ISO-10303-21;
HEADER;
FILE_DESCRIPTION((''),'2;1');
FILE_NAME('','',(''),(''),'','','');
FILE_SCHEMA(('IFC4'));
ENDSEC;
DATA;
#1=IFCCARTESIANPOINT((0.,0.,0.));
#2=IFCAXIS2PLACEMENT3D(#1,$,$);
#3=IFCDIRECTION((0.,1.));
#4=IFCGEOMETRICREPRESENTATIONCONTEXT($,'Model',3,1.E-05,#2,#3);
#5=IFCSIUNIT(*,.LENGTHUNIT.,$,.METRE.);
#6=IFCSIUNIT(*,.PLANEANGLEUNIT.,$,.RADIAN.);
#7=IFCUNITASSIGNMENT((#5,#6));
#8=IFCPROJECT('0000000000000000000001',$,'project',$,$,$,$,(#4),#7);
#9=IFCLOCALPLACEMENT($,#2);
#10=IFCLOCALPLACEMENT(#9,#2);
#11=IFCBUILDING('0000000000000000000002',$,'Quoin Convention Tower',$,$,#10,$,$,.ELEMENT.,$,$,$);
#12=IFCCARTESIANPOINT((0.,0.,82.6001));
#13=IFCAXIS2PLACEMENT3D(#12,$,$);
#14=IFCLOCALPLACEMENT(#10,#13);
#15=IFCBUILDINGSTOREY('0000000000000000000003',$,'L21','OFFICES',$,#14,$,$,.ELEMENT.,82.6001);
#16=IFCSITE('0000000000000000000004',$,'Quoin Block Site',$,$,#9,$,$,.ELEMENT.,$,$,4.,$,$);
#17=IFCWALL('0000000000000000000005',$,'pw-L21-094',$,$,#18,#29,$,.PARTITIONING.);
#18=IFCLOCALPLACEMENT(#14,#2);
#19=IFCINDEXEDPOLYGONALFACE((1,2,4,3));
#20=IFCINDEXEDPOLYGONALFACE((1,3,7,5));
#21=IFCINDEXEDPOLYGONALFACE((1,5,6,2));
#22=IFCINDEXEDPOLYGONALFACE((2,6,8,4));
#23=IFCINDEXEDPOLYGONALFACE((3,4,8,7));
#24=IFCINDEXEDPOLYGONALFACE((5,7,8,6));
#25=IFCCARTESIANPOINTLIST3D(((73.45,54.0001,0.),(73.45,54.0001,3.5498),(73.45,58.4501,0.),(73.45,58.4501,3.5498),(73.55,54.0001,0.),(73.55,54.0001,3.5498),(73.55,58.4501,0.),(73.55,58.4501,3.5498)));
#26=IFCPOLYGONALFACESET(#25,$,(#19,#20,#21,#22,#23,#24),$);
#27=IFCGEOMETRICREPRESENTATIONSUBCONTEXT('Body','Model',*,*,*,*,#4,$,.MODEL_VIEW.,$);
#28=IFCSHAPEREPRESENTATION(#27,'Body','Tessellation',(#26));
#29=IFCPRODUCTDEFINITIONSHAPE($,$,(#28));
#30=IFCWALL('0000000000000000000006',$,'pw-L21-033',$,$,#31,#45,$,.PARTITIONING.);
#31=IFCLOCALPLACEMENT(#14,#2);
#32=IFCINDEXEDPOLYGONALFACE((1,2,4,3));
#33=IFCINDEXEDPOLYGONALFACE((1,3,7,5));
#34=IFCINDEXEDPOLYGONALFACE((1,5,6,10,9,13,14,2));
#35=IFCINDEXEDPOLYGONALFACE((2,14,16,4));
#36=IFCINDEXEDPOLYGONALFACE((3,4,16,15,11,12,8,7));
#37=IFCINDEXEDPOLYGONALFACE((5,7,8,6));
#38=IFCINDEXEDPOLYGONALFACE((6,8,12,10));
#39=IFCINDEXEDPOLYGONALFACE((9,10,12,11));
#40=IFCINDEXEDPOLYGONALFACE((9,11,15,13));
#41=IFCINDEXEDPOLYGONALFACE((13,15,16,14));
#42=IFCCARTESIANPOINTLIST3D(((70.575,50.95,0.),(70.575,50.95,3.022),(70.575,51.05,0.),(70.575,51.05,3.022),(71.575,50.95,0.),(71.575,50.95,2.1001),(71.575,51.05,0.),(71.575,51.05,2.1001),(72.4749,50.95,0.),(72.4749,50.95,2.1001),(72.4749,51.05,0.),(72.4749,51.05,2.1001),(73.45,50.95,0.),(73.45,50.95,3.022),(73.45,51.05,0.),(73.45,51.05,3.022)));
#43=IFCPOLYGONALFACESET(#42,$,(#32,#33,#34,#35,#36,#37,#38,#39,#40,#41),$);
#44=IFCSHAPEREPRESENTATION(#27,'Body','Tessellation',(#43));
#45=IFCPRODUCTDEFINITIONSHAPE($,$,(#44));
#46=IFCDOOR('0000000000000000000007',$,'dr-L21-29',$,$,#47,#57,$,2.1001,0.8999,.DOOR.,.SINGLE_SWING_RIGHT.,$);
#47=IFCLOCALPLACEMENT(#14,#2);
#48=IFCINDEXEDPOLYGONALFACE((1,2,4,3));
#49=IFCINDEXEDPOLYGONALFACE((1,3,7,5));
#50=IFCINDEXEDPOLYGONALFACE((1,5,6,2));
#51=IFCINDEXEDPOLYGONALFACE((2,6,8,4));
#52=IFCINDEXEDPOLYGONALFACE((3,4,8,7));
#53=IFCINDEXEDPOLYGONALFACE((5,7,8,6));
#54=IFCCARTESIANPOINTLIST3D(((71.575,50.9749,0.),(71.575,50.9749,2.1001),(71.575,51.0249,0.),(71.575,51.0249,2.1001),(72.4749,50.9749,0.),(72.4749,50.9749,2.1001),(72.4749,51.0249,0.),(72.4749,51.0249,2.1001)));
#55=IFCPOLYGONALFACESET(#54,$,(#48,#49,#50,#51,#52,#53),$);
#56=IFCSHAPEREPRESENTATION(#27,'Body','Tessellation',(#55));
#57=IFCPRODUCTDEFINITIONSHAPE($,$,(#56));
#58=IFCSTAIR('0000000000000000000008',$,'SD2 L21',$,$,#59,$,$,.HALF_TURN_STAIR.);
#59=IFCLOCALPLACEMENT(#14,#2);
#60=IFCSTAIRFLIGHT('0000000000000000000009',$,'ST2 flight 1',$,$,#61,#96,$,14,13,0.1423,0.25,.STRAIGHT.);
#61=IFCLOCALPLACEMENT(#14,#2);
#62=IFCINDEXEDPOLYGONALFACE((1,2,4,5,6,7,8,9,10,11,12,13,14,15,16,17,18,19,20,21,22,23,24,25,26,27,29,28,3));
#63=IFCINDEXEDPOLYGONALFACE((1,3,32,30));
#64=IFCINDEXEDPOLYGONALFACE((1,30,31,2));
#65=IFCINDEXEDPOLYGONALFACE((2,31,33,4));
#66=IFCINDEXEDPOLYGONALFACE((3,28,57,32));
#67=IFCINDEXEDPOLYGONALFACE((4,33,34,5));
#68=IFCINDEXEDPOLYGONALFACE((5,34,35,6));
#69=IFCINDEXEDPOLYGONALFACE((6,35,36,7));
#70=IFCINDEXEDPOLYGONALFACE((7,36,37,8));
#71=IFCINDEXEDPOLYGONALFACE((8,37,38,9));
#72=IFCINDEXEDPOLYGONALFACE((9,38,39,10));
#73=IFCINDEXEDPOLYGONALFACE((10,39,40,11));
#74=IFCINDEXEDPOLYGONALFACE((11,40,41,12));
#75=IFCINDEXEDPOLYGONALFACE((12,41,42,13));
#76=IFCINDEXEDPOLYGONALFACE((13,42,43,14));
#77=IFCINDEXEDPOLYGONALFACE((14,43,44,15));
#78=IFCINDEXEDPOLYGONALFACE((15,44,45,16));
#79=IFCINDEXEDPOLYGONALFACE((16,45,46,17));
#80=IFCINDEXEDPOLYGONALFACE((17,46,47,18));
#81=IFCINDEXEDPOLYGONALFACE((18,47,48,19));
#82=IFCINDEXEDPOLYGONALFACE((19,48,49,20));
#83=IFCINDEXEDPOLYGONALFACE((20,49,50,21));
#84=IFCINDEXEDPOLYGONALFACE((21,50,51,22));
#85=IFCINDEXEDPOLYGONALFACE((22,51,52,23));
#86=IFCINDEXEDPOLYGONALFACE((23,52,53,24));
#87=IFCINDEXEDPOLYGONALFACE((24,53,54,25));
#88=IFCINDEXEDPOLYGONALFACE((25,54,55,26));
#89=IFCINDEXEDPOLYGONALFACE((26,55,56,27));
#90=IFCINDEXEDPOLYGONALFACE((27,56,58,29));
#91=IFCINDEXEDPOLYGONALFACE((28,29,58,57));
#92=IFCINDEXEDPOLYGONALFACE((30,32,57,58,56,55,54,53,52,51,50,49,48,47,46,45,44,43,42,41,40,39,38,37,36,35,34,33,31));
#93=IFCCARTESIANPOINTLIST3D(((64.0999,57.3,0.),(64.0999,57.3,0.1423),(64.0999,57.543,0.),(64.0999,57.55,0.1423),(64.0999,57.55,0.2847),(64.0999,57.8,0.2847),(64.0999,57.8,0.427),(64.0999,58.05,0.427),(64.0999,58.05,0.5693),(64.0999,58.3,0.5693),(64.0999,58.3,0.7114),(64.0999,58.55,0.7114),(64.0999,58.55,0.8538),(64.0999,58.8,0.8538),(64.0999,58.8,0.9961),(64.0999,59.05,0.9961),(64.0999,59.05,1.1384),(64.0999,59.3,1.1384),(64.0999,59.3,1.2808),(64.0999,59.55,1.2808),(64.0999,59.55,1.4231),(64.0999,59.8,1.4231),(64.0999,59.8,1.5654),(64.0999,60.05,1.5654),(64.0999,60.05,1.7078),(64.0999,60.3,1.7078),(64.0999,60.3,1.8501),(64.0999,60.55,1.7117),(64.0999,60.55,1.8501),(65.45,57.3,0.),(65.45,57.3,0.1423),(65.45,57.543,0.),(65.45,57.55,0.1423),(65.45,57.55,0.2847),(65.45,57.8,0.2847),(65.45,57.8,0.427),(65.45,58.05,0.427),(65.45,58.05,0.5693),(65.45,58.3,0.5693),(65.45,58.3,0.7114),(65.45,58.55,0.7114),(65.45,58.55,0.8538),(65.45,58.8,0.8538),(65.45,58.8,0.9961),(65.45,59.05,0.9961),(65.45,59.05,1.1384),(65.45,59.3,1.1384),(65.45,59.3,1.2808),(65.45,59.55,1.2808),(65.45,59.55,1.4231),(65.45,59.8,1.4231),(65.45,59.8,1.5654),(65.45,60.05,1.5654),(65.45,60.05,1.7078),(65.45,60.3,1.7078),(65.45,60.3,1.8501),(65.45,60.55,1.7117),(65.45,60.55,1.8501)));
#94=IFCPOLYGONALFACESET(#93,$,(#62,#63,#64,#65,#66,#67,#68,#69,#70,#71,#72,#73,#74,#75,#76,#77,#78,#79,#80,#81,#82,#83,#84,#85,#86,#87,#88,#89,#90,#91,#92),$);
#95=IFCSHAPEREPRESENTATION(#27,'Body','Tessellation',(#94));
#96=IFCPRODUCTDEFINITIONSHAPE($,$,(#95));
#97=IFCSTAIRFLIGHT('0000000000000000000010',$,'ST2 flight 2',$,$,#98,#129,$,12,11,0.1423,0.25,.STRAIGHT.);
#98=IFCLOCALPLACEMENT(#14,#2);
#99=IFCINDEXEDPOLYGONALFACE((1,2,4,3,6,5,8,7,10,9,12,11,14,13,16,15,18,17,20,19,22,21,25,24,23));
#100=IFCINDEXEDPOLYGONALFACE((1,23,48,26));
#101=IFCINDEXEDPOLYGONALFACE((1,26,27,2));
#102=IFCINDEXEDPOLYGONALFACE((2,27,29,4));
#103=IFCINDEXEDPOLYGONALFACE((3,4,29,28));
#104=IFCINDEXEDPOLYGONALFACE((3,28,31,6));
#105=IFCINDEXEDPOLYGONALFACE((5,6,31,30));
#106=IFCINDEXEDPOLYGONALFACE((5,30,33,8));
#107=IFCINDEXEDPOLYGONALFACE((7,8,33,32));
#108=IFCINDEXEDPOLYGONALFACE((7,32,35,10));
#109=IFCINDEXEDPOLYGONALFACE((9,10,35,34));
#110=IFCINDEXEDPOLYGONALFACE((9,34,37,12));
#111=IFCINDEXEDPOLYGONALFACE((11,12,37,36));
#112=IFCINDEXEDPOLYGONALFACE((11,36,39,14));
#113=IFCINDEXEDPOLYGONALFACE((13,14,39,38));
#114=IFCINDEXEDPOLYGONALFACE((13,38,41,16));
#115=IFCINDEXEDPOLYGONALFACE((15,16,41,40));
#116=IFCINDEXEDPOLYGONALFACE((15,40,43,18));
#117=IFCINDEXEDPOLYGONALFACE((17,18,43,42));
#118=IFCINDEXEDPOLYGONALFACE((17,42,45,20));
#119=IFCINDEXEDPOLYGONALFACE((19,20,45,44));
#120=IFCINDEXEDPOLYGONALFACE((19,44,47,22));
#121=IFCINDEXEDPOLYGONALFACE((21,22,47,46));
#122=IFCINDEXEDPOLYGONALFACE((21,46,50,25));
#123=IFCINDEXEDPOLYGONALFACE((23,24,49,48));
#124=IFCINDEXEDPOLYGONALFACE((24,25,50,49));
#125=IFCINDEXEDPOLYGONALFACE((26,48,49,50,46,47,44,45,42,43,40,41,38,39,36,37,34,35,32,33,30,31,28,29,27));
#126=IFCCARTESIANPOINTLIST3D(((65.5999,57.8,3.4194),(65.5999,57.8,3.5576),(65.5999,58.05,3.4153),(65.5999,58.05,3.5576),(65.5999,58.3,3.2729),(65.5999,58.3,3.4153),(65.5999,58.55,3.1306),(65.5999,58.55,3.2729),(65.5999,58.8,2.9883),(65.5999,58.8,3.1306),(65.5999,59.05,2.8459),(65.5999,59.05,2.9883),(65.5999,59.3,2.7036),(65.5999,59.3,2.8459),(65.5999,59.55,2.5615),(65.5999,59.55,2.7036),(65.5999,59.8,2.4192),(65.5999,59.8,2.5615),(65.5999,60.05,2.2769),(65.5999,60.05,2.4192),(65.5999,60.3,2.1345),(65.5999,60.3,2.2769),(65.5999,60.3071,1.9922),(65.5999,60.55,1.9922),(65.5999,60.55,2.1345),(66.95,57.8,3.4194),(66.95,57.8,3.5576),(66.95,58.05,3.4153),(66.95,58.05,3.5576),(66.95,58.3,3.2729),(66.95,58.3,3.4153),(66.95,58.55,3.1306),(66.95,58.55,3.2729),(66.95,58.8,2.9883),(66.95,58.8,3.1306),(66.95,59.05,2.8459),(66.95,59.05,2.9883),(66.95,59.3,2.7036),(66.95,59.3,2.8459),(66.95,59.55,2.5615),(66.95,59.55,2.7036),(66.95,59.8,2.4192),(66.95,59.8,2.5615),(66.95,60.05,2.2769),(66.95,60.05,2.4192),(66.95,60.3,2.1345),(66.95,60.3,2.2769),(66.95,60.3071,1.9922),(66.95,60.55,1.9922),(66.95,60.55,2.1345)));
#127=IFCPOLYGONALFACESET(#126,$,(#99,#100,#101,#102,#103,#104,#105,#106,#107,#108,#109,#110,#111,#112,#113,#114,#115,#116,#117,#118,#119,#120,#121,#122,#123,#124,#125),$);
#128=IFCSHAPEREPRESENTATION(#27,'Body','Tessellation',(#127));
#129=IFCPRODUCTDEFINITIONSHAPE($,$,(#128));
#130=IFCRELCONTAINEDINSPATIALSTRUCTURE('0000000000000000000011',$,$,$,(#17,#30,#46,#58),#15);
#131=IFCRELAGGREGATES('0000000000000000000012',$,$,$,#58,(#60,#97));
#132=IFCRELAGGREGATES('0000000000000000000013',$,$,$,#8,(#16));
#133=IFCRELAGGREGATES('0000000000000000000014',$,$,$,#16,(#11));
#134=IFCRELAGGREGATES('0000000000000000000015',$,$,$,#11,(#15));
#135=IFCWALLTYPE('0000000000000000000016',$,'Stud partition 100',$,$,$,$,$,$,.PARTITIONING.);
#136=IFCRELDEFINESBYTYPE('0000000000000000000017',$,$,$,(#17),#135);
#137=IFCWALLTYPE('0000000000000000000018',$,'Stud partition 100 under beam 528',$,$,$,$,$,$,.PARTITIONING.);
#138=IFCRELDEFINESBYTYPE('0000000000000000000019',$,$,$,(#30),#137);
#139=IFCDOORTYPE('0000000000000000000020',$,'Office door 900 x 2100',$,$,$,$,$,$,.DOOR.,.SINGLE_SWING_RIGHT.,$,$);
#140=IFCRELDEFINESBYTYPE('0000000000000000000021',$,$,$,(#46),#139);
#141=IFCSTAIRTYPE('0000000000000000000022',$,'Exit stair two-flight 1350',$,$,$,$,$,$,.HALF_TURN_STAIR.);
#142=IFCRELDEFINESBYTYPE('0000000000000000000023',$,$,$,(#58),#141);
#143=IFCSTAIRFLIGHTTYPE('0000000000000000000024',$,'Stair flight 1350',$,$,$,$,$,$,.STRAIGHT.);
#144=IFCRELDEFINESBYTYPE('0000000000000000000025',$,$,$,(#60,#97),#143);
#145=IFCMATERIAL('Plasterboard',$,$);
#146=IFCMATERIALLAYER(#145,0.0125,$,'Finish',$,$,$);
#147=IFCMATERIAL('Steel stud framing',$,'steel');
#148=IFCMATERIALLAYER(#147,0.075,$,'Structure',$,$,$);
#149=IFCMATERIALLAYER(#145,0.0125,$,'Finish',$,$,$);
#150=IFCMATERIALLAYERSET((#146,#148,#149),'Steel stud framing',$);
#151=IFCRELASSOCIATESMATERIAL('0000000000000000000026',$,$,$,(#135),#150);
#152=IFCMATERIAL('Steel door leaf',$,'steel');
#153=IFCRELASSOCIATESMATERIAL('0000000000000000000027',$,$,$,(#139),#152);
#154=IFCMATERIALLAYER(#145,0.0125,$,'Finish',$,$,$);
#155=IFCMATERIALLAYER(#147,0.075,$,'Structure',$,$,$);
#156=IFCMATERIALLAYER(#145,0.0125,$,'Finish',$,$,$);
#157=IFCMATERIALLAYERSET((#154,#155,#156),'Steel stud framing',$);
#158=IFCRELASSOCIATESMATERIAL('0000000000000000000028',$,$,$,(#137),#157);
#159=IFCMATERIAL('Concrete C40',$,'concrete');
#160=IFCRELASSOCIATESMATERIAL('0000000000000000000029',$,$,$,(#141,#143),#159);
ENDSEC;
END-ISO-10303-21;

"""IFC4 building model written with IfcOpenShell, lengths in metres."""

from ifc_helpers import new_model, si_unit, direction, frame, frame_2d, origin, place, context, subcontext, project, spatial, polyline, rectangle, outline, extrude, material, layer, layer_set, type_object, element, fill, aggregate, save


model = new_model("IFC4")

# Units and contexts
model_context = context("Model", 3, precision=1e-05, world=origin(), true_north=direction((0.0, 1.0)))
body_context = subcontext(model_context, "Body", "Model", "MODEL_VIEW")
ifc_project = project(units=[si_unit("LENGTHUNIT", "METRE"), si_unit("PLANEANGLEUNIT", "RADIAN")], contexts=[model_context])

# Site, building, storey
site_placement = place(None, origin())
site = spatial("IfcSite", under=ifc_project, at=site_placement, Name="Quoin Block Site", CompositionType="ELEMENT", RefElevation=4.0)
building_placement = place(site_placement, origin())
building = spatial("IfcBuilding", under=site, at=building_placement, Name="Quoin Convention Tower", CompositionType="ELEMENT")
storey_placement = place(building_placement, frame((0.0, 0.0, 82.6001)))
storey = spatial("IfcBuildingStorey", under=building, at=storey_placement, Name="L21", Description="OFFICES", CompositionType="ELEMENT", Elevation=82.6001)

# Shared definitions
ifc_material_1 = material(Name="Plasterboard")
ifc_material_2 = material(Name="Steel stud framing", Category="steel")

# Shared definitions
ifc_material_3 = material(Name="Steel door leaf", Category="steel")

# Shared definitions
ifc_layer_1 = layer(ifc_material_1, 0.0125, Name="Finish")
ifc_layer_2 = layer(ifc_material_2, 0.075, Name="Structure")
ifc_layer_3 = layer(ifc_material_1, 0.0125, Name="Finish")
ifc_layer_set_1 = layer_set([ifc_layer_1, ifc_layer_2, ifc_layer_3], Name="Steel stud framing")
wall_type_1 = type_object("IfcWallType", Name="Stud partition 100", PredefinedType="PARTITIONING", material=ifc_layer_set_1)

# Shared definitions
door_type_1 = type_object("IfcDoorType", Name="Office door 900 x 2100", OperationType="SINGLE_SWING_RIGHT", PredefinedType="DOOR", material=ifc_material_3)

# Wall
wall_1_placement = place(storey_placement, frame((73.5, 54.0, 0.0), z_axis=(0.0, 0.0, 1.0), x_axis=(0.0, 1.0, 0.0)))
element("IfcWall", 1, at=wall_1_placement, inside=storey, type_object=wall_type_1, Name="pw-L21-094", PredefinedType="PARTITIONING", context=body_context, shape_type="SweptSolid", body=[
    extrude(rectangle(XDim=4.45, YDim=0.1001, at=frame_2d((2.2251, 0.0))), origin(), (0.0, 0.0, 1.0), 3.5498),
])

# Wall, opening, door
ifc_layer_4 = layer(ifc_material_1, 0.0125, Name="Finish")
ifc_layer_5 = layer(ifc_material_2, 0.075, Name="Structure")
ifc_layer_6 = layer(ifc_material_1, 0.0125, Name="Finish")
ifc_layer_set_2 = layer_set([ifc_layer_4, ifc_layer_5, ifc_layer_6], Name="Steel stud framing")
wall_type_2 = type_object("IfcWallType", Name="Stud partition 100 under beam 528", PredefinedType="PARTITIONING", material=ifc_layer_set_2)
wall_2_placement = place(storey_placement, frame((70.575, 51.0, 0.0), z_axis=(0.0, 0.0, 1.0), x_axis=(1.0, 0.0, 0.0)))
wall_2 = element("IfcWall", 2, at=wall_2_placement, inside=storey, type_object=wall_type_2, Name="pw-L21-033", PredefinedType="PARTITIONING", context=body_context, shape_type="SweptSolid", body=[
    extrude(rectangle(XDim=2.875, YDim=0.1001, at=frame_2d((1.4375, 0.0))), origin(), (0.0, 0.0, 1.0), 3.022),
])
opening_1_placement = place(wall_2_placement, frame((1.0, 0.0, 0.0)))
opening_1 = element("IfcOpeningElement", 3, at=opening_1_placement, cuts=wall_2, PredefinedType="OPENING", context=body_context, shape_type="SweptSolid", body=[
    extrude(rectangle(XDim=0.8999, YDim=2.1001, at=frame_2d((0.45, 1.05))), frame((0.0, 0.0601, 0.0), z_axis=(0.0, -1.0, 0.0), x_axis=(1.0, 0.0, 0.0)), (0.0, 0.0, 1.0), 0.1201),
])
door_1_placement = place(opening_1_placement, origin())
door_1 = element("IfcDoor", 4, at=door_1_placement, inside=storey, type_object=door_type_1, Name="dr-L21-29", OperationType="SINGLE_SWING_RIGHT", OverallHeight=2.1001, OverallWidth=0.8999, PredefinedType="DOOR", context=body_context, shape_type="SweptSolid", body=[
    extrude(rectangle(XDim=0.8999, YDim=2.1001, at=frame_2d((0.45, 1.05))), frame((0.0, 0.0249, 0.0), z_axis=(0.0, -1.0, 0.0), x_axis=(1.0, 0.0, 0.0)), (0.0, 0.0, 1.0), 0.05),
])
fill(opening_1, door_1)

# Stair, stair flights
ifc_material_4 = material(Name="Concrete C40", Category="concrete")
stair_type = type_object("IfcStairType", Name="Exit stair two-flight 1350", PredefinedType="HALF_TURN_STAIR", material=ifc_material_4)
stair_placement = place(storey_placement, origin())
stair = element("IfcStair", 5, at=stair_placement, inside=storey, type_object=stair_type, Name="SD2 L21", PredefinedType="HALF_TURN_STAIR")
stair_flight_type = type_object("IfcStairFlightType", Name="Stair flight 1350", PredefinedType="STRAIGHT", material=ifc_material_4)
stair_flight_1_placement = place(storey_placement, frame((64.7749, 57.3, 0.0), z_axis=(0.0, 0.0, 1.0), x_axis=(0.0, 1.0, 0.0)))
stair_flight_1 = element("IfcStairFlight", 6, at=stair_flight_1_placement, type_object=stair_flight_type, Name="ST2 flight 1", NumberOfRisers=14, NumberOfTreads=13, PredefinedType="STRAIGHT", RiserHeight=0.1423, TreadLength=0.25, context=body_context, shape_type="SweptSolid", body=[
    extrude(outline(polyline([(0.0, 0.0), (0.0, 0.1423), (0.25, 0.1423), (0.25, 0.2847), (0.5, 0.2847), (0.5, 0.427), (0.75, 0.427), (0.75, 0.5693), (1.0, 0.5693), (1.0, 0.7114), (1.25, 0.7114), (1.25, 0.8538), (1.5, 0.8538), (1.5, 0.9961), (1.75, 0.9961), (1.75, 1.1384), (2.0, 1.1384), (2.0, 1.2808), (2.25, 1.2808), (2.25, 1.4231), (2.5, 1.4231), (2.5, 1.5654), (2.75, 1.5654), (2.75, 1.7078), (3.0, 1.7078), (3.0, 1.8501), (3.25, 1.8501), (3.25, 1.9922), (3.25, 1.7117), (0.2429, 0.0), (0.0, 0.0)])), frame((0.0, 0.675, 0.0), z_axis=(0.0, -1.0, 0.0), x_axis=(1.0, 0.0, 0.0)), (0.0, 0.0, 1.0), 1.3501),
])
stair_flight_2_placement = place(storey_placement, frame((66.2749, 60.55, 1.9922), z_axis=(0.0, 0.0, 1.0), x_axis=(0.0, -1.0, 0.0)))
stair_flight_2 = element("IfcStairFlight", 7, at=stair_flight_2_placement, type_object=stair_flight_type, Name="ST2 flight 2", NumberOfRisers=12, NumberOfTreads=11, PredefinedType="STRAIGHT", RiserHeight=0.1423, TreadLength=0.25, context=body_context, shape_type="SweptSolid", body=[
    extrude(outline(polyline([(0.0, 0.0), (0.0, 0.1423), (0.25, 0.1423), (0.25, 0.2847), (0.5, 0.2847), (0.5, 0.427), (0.75, 0.427), (0.75, 0.5693), (1.0, 0.5693), (1.0, 0.7114), (1.25, 0.7114), (1.25, 0.8538), (1.5, 0.8538), (1.5, 0.9961), (1.75, 0.9961), (1.75, 1.1384), (2.0, 1.1384), (2.0, 1.2808), (2.25, 1.2808), (2.25, 1.4231), (2.5, 1.4231), (2.5, 1.5654), (2.75, 1.5654), (2.75, 1.7078), (2.75, 1.4272), (0.2429, 0.0), (0.0, 0.0)])), frame((0.0, 0.675, 0.0), z_axis=(0.0, -1.0, 0.0), x_axis=(1.0, 0.0, 0.0)), (0.0, 0.0, 1.0), 1.3501),
])
aggregate(stair, [stair_flight_1, stair_flight_2])

save(model, "model.ifc")
